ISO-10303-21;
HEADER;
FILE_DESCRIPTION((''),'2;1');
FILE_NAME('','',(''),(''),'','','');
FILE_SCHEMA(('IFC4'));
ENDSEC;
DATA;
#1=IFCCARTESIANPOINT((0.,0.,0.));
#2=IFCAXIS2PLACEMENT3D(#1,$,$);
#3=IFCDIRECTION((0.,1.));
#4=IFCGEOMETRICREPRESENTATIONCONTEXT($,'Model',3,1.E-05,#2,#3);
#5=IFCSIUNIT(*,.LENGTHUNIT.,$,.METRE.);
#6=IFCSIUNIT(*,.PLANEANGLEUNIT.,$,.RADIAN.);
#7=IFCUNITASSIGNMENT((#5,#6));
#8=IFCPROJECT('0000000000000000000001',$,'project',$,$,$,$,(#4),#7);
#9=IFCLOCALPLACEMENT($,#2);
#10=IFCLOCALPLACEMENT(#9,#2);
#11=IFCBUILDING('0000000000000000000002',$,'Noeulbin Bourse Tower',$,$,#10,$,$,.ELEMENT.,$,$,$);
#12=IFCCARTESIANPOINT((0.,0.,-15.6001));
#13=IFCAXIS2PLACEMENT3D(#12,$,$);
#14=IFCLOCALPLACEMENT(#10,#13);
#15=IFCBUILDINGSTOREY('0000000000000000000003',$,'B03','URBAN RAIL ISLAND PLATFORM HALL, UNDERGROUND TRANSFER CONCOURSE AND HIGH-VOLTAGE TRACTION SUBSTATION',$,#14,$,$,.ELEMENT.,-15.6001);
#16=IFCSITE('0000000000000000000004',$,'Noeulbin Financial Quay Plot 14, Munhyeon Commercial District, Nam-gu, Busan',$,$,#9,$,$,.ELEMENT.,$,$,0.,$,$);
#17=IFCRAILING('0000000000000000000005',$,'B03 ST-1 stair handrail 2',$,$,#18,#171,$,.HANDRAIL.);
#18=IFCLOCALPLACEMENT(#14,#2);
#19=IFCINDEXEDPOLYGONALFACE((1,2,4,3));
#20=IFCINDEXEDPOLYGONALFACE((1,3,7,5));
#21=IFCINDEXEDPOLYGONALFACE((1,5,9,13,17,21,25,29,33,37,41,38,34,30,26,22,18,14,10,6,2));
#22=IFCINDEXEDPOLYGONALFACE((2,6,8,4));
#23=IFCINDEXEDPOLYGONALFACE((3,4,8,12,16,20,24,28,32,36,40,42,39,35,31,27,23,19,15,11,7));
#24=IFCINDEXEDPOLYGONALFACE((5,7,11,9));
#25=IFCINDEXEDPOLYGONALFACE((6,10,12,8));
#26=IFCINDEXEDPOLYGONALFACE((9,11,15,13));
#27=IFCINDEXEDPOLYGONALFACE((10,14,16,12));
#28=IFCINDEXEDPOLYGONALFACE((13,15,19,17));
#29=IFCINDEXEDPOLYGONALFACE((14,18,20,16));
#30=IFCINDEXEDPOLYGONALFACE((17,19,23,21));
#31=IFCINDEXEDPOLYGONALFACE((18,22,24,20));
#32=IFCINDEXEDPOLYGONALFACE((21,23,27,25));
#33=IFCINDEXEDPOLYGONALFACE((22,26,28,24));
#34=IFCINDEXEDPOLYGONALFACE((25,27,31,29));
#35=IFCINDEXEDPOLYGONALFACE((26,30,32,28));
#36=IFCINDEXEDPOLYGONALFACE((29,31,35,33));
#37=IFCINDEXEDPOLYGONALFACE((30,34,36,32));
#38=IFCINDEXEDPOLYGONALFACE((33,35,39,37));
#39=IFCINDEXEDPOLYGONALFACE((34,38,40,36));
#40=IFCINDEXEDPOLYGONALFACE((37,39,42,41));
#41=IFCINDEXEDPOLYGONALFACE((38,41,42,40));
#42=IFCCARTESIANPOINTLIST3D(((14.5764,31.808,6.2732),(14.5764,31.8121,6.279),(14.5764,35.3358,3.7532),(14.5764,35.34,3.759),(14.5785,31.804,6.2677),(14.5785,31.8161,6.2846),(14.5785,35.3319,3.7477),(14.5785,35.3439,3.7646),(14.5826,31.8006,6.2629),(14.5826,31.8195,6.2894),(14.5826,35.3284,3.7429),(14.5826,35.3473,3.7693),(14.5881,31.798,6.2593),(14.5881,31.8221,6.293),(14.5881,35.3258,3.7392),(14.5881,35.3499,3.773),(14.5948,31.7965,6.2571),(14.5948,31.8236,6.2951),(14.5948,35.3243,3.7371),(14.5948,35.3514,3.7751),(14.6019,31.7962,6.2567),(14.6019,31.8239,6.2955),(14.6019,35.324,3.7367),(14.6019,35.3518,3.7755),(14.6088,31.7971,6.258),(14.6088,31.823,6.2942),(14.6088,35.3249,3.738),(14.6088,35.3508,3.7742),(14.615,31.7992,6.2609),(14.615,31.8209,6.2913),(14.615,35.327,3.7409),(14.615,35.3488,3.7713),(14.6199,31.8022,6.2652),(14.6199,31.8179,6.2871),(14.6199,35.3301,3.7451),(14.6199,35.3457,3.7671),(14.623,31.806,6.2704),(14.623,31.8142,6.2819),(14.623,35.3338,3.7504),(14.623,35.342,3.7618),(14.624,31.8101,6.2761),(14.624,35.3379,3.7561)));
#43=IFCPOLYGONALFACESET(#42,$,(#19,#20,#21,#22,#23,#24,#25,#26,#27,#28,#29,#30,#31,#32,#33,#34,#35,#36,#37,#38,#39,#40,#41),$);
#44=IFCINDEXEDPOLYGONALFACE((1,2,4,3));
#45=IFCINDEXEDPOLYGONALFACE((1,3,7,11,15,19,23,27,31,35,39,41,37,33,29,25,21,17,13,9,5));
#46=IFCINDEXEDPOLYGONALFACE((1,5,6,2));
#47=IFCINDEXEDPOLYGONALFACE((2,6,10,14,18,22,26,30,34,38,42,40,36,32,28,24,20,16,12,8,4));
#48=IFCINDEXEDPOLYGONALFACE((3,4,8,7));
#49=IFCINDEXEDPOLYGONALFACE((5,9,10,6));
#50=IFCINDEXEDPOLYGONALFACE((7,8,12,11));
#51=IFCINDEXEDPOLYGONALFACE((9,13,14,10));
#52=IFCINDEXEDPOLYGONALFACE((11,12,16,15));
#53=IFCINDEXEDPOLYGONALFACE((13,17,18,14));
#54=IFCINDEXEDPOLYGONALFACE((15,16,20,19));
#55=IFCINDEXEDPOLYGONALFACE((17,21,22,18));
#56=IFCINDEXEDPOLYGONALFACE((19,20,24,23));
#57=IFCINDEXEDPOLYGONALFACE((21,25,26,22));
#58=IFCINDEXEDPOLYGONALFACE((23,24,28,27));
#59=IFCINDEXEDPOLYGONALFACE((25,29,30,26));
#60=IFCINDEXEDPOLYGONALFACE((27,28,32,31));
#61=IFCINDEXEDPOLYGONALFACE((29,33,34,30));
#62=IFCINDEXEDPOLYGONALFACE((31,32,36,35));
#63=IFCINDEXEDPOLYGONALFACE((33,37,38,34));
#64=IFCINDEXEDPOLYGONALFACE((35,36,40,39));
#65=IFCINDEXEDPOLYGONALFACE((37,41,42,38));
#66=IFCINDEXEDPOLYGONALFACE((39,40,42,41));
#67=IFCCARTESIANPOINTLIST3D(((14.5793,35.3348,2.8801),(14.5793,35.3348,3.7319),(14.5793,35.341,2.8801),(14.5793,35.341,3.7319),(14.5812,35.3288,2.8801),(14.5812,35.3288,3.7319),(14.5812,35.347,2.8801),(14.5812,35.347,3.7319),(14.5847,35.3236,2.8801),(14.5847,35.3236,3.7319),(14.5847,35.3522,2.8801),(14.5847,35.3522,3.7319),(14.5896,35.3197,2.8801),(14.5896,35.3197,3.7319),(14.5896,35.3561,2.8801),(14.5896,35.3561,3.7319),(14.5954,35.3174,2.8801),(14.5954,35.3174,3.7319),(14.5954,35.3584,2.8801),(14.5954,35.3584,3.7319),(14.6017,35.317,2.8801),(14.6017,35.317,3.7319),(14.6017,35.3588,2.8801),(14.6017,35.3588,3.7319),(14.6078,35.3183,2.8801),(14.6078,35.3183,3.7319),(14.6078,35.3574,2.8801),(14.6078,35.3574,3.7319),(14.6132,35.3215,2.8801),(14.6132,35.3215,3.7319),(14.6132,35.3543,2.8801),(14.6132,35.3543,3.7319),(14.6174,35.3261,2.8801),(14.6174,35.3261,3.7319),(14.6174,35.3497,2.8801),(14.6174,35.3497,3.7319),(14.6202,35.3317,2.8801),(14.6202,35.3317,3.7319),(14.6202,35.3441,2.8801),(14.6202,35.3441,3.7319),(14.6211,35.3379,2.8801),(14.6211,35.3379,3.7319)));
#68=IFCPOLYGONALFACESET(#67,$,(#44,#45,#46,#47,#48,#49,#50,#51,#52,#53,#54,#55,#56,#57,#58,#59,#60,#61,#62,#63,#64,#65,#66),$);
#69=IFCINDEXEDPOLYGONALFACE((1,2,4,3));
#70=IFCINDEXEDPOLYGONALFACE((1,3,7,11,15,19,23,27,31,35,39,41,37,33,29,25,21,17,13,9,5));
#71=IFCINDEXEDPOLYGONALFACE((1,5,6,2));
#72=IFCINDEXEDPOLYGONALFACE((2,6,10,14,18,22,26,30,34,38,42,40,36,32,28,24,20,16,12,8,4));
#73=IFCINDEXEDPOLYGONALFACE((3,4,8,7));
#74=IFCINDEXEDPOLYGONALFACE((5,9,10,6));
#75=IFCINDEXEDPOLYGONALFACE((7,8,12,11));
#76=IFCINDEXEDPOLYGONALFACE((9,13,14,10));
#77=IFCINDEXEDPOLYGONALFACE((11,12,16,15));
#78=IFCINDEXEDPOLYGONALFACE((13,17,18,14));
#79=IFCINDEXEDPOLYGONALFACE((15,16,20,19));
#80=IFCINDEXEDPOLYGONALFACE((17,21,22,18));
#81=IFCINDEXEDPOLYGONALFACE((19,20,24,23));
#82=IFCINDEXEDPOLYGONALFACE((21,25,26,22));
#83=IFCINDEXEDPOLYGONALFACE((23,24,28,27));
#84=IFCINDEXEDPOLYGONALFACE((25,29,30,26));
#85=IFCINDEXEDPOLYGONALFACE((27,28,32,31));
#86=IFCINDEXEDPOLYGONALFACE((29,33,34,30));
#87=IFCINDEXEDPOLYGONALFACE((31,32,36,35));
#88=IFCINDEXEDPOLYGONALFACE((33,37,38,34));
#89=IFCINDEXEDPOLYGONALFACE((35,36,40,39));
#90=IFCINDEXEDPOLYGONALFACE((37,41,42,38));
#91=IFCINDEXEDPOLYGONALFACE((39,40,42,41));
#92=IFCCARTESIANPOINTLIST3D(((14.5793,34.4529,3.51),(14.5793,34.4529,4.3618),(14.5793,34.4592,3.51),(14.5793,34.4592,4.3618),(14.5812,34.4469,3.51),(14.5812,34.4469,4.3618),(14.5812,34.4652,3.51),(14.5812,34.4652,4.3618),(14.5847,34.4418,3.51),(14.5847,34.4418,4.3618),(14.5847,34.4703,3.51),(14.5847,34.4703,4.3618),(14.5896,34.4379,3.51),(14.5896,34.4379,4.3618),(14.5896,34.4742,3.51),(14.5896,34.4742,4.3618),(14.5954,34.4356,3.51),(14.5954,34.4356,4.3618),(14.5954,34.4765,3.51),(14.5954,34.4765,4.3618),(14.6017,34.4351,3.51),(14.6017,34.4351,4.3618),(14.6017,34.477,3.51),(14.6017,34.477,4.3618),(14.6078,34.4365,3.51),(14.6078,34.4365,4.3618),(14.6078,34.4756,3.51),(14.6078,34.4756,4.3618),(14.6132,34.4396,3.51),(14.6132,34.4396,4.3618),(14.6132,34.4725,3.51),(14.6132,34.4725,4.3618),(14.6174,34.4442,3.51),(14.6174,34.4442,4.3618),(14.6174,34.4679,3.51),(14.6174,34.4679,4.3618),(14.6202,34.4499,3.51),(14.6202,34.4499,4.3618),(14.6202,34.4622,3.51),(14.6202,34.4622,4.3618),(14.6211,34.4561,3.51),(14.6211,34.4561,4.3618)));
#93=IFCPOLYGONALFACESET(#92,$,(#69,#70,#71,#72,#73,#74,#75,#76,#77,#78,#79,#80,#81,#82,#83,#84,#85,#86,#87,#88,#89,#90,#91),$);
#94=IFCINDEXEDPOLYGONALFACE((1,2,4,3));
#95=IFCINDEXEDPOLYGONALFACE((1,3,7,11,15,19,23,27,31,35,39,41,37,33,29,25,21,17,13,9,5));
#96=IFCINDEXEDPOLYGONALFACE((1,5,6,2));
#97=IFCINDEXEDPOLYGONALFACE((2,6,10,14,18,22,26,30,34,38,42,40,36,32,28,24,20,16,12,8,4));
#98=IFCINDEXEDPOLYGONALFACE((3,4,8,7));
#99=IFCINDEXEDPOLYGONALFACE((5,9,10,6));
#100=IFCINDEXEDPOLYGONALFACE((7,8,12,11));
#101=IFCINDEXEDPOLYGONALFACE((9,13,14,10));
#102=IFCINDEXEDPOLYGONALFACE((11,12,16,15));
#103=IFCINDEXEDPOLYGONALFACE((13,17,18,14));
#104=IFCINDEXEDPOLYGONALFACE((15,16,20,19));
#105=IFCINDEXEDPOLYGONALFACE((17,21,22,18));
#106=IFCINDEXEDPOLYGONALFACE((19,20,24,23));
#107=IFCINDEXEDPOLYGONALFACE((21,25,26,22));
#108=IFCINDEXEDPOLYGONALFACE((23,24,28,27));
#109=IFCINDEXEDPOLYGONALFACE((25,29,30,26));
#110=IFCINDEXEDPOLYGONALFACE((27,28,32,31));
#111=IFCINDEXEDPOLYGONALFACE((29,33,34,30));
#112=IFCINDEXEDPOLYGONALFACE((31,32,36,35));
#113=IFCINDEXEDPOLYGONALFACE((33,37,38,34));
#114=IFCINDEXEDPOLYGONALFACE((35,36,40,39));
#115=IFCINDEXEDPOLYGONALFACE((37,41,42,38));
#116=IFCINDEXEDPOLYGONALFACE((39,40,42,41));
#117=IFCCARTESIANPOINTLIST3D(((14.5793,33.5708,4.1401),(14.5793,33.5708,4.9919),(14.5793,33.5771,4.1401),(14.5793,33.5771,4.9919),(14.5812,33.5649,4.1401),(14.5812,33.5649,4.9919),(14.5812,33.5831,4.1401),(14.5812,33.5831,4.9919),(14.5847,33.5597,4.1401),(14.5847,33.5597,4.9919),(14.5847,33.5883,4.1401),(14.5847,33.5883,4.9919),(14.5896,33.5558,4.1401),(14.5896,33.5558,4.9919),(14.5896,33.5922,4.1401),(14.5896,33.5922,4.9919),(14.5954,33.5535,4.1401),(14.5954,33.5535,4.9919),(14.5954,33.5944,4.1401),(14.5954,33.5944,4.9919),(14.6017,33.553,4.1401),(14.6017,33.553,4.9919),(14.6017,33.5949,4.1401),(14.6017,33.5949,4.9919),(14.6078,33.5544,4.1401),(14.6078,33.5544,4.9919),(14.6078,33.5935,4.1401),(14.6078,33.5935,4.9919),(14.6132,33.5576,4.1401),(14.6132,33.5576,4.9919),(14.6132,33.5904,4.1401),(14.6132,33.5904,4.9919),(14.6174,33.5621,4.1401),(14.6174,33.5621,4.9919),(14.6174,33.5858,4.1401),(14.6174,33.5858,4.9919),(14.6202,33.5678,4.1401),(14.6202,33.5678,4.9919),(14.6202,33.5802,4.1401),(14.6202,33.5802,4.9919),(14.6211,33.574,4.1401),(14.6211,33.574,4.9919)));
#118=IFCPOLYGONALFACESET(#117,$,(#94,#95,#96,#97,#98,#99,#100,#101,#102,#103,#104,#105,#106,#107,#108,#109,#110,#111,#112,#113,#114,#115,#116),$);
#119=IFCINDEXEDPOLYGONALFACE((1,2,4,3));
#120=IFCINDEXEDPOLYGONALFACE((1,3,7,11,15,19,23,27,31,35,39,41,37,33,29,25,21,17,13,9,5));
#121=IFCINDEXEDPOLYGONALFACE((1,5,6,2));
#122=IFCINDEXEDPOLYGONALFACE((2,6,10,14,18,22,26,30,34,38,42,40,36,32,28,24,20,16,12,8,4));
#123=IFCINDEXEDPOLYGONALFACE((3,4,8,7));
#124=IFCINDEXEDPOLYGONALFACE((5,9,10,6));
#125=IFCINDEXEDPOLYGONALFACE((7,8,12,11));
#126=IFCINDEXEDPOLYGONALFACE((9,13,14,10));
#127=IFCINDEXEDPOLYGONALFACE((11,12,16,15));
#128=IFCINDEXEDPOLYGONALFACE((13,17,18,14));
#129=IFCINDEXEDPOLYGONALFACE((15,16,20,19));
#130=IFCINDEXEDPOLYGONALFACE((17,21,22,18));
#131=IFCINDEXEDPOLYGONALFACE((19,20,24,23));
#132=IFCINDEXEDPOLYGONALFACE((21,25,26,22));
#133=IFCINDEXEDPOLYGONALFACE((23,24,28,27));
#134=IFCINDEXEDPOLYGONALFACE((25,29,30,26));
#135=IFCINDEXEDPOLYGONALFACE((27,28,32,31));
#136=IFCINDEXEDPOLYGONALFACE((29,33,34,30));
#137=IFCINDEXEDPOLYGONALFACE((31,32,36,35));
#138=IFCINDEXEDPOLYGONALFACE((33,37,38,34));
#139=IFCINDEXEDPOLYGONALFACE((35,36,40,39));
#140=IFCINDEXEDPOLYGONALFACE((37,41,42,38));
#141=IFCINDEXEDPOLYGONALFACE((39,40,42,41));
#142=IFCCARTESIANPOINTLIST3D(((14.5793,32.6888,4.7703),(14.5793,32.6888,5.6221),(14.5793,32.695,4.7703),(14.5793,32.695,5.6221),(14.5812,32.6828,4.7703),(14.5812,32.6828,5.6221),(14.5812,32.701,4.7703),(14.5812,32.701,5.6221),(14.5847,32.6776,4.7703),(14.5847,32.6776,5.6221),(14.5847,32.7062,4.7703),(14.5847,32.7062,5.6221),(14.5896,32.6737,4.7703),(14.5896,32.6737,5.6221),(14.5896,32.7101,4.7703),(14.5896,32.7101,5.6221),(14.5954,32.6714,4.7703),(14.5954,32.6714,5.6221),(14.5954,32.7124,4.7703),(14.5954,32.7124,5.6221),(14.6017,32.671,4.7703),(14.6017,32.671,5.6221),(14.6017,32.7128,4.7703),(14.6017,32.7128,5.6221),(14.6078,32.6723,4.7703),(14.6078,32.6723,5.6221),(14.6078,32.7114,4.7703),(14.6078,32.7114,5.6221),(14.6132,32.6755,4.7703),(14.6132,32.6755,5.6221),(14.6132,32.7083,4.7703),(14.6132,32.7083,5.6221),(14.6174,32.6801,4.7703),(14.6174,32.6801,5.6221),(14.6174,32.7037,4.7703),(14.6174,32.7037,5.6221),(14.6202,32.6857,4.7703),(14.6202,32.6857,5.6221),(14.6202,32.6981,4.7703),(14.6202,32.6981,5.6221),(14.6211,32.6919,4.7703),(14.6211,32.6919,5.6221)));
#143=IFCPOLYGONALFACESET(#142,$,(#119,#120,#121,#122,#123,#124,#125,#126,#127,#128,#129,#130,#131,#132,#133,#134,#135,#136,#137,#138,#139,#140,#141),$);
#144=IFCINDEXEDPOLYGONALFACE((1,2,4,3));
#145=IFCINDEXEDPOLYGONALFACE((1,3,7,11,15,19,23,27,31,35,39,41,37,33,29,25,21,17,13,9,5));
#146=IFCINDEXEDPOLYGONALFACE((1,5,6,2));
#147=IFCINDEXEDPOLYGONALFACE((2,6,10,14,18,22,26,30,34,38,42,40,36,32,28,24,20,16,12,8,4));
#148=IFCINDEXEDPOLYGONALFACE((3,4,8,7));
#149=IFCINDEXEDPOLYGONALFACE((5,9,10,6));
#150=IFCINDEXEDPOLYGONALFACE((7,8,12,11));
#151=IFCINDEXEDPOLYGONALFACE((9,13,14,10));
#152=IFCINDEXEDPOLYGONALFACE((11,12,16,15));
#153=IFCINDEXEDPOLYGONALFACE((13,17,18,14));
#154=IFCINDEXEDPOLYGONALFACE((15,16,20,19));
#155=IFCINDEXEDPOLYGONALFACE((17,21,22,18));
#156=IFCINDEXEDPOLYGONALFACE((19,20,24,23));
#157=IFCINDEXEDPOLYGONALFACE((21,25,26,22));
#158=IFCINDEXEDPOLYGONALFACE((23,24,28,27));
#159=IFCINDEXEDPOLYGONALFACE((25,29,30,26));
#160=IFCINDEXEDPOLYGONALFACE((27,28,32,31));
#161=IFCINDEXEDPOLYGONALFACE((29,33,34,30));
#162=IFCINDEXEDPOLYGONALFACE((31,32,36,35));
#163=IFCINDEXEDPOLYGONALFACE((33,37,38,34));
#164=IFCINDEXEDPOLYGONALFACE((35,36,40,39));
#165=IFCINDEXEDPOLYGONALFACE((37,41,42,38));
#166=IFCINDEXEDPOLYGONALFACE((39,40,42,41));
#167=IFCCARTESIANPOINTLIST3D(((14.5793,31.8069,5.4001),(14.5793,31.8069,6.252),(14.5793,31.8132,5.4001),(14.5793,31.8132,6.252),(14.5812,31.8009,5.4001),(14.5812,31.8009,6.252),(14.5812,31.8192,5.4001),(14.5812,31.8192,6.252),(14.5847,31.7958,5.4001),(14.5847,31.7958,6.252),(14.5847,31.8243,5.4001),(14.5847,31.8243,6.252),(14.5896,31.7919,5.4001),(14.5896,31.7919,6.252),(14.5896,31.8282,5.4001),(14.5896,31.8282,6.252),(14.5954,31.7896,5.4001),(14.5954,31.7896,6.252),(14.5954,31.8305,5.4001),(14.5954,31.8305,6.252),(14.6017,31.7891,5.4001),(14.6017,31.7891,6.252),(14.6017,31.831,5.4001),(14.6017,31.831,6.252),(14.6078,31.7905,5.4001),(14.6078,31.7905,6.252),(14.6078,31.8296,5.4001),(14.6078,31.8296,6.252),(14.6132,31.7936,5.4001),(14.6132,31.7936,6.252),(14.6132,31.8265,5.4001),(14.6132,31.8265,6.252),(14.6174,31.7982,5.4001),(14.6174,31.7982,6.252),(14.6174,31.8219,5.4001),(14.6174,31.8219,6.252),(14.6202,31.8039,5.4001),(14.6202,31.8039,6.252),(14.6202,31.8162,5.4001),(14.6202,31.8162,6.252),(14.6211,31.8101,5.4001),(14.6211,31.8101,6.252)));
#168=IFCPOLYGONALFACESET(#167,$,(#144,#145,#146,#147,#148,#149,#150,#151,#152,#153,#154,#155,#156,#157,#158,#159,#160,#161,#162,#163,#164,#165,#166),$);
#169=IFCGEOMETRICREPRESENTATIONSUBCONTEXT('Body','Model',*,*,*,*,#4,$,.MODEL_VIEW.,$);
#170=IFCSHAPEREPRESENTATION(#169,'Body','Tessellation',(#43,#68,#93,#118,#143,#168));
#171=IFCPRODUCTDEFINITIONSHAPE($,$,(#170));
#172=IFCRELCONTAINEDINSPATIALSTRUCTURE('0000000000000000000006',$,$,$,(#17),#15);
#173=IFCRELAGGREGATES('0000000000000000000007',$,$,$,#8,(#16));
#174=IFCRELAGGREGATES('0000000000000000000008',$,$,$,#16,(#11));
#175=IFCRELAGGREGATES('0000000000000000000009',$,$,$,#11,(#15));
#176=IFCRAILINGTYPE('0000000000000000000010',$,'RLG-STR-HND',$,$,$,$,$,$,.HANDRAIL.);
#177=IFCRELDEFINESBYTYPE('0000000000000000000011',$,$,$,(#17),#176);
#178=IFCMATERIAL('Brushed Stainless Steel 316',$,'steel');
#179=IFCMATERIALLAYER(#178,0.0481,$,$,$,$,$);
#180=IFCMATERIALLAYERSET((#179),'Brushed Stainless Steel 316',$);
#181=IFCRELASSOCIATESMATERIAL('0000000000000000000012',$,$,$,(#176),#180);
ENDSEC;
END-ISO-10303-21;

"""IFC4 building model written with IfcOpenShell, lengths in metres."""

from ifc_helpers import new_model, si_unit, direction, frame, origin, origin_2d, place, context, subcontext, project, spatial, circle, extrude, material, layer, layer_set, type_object, element, save


model = new_model("IFC4")

# Units and contexts
model_context = context("Model", 3, precision=1e-05, world=origin(), true_north=direction((0.0, 1.0)))
body_context = subcontext(model_context, "Body", "Model", "MODEL_VIEW")
ifc_project = project(units=[si_unit("LENGTHUNIT", "METRE"), si_unit("PLANEANGLEUNIT", "RADIAN")], contexts=[model_context])

# Site, building, storey
site_placement = place(None, origin())
site = spatial("IfcSite", under=ifc_project, at=site_placement, Name="Noeulbin Financial Quay Plot 14, Munhyeon Commercial District, Nam-gu, Busan", CompositionType="ELEMENT", RefElevation=0.0)
building_placement = place(site_placement, origin())
building = spatial("IfcBuilding", under=site, at=building_placement, Name="Noeulbin Bourse Tower", CompositionType="ELEMENT")
storey_placement = place(building_placement, frame((0.0, 0.0, -15.6001)))
storey = spatial("IfcBuildingStorey", under=building, at=storey_placement, Name="B03", Description="URBAN RAIL ISLAND PLATFORM HALL, UNDERGROUND TRANSFER CONCOURSE AND HIGH-VOLTAGE TRACTION SUBSTATION", CompositionType="ELEMENT", Elevation=-15.6001)

# Railing
ifc_material_1 = material(Name="Brushed Stainless Steel 316", Category="steel")
ifc_layer_1 = layer(ifc_material_1, 0.0481)
ifc_layer_set_1 = layer_set([ifc_layer_1], Name="Brushed Stainless Steel 316")
railing_type_1 = type_object("IfcRailingType", Name="RLG-STR-HND", PredefinedType="HANDRAIL", material=ifc_layer_set_1)
railing_1_placement = place(storey_placement, frame((14.6001, 35.3379, 2.8801)))
element("IfcRailing", 1, at=railing_1_placement, inside=storey, type_object=railing_type_1, Name="B03 ST-1 stair handrail 2", PredefinedType="HANDRAIL", context=body_context, shape_type="SweptSolid", body=[
    extrude(circle(Radius=0.0239, at=origin_2d()), frame((0.0, 0.0, 0.876), z_axis=(0.0, -0.813718, 0.58126), x_axis=(1.0, 0.0, 0.0)), (0.0, 0.0, 1.0), 4.3354),
    extrude(circle(Radius=0.021, at=origin_2d()), origin(), (0.0, 0.0, 1.0), 0.8518),
    extrude(circle(Radius=0.021, at=origin_2d()), frame((0.0, -0.8818, 0.6299)), (0.0, 0.0, 1.0), 0.8518),
    extrude(circle(Radius=0.021, at=origin_2d()), frame((0.0, -1.7639, 1.26)), (0.0, 0.0, 1.0), 0.8518),
    extrude(circle(Radius=0.021, at=origin_2d()), frame((0.0, -2.646, 1.8901)), (0.0, 0.0, 1.0), 0.8518),
    extrude(circle(Radius=0.021, at=origin_2d()), frame((0.0, -3.5278, 2.52)), (0.0, 0.0, 1.0), 0.8518),
])

save(model, "model.ifc")
